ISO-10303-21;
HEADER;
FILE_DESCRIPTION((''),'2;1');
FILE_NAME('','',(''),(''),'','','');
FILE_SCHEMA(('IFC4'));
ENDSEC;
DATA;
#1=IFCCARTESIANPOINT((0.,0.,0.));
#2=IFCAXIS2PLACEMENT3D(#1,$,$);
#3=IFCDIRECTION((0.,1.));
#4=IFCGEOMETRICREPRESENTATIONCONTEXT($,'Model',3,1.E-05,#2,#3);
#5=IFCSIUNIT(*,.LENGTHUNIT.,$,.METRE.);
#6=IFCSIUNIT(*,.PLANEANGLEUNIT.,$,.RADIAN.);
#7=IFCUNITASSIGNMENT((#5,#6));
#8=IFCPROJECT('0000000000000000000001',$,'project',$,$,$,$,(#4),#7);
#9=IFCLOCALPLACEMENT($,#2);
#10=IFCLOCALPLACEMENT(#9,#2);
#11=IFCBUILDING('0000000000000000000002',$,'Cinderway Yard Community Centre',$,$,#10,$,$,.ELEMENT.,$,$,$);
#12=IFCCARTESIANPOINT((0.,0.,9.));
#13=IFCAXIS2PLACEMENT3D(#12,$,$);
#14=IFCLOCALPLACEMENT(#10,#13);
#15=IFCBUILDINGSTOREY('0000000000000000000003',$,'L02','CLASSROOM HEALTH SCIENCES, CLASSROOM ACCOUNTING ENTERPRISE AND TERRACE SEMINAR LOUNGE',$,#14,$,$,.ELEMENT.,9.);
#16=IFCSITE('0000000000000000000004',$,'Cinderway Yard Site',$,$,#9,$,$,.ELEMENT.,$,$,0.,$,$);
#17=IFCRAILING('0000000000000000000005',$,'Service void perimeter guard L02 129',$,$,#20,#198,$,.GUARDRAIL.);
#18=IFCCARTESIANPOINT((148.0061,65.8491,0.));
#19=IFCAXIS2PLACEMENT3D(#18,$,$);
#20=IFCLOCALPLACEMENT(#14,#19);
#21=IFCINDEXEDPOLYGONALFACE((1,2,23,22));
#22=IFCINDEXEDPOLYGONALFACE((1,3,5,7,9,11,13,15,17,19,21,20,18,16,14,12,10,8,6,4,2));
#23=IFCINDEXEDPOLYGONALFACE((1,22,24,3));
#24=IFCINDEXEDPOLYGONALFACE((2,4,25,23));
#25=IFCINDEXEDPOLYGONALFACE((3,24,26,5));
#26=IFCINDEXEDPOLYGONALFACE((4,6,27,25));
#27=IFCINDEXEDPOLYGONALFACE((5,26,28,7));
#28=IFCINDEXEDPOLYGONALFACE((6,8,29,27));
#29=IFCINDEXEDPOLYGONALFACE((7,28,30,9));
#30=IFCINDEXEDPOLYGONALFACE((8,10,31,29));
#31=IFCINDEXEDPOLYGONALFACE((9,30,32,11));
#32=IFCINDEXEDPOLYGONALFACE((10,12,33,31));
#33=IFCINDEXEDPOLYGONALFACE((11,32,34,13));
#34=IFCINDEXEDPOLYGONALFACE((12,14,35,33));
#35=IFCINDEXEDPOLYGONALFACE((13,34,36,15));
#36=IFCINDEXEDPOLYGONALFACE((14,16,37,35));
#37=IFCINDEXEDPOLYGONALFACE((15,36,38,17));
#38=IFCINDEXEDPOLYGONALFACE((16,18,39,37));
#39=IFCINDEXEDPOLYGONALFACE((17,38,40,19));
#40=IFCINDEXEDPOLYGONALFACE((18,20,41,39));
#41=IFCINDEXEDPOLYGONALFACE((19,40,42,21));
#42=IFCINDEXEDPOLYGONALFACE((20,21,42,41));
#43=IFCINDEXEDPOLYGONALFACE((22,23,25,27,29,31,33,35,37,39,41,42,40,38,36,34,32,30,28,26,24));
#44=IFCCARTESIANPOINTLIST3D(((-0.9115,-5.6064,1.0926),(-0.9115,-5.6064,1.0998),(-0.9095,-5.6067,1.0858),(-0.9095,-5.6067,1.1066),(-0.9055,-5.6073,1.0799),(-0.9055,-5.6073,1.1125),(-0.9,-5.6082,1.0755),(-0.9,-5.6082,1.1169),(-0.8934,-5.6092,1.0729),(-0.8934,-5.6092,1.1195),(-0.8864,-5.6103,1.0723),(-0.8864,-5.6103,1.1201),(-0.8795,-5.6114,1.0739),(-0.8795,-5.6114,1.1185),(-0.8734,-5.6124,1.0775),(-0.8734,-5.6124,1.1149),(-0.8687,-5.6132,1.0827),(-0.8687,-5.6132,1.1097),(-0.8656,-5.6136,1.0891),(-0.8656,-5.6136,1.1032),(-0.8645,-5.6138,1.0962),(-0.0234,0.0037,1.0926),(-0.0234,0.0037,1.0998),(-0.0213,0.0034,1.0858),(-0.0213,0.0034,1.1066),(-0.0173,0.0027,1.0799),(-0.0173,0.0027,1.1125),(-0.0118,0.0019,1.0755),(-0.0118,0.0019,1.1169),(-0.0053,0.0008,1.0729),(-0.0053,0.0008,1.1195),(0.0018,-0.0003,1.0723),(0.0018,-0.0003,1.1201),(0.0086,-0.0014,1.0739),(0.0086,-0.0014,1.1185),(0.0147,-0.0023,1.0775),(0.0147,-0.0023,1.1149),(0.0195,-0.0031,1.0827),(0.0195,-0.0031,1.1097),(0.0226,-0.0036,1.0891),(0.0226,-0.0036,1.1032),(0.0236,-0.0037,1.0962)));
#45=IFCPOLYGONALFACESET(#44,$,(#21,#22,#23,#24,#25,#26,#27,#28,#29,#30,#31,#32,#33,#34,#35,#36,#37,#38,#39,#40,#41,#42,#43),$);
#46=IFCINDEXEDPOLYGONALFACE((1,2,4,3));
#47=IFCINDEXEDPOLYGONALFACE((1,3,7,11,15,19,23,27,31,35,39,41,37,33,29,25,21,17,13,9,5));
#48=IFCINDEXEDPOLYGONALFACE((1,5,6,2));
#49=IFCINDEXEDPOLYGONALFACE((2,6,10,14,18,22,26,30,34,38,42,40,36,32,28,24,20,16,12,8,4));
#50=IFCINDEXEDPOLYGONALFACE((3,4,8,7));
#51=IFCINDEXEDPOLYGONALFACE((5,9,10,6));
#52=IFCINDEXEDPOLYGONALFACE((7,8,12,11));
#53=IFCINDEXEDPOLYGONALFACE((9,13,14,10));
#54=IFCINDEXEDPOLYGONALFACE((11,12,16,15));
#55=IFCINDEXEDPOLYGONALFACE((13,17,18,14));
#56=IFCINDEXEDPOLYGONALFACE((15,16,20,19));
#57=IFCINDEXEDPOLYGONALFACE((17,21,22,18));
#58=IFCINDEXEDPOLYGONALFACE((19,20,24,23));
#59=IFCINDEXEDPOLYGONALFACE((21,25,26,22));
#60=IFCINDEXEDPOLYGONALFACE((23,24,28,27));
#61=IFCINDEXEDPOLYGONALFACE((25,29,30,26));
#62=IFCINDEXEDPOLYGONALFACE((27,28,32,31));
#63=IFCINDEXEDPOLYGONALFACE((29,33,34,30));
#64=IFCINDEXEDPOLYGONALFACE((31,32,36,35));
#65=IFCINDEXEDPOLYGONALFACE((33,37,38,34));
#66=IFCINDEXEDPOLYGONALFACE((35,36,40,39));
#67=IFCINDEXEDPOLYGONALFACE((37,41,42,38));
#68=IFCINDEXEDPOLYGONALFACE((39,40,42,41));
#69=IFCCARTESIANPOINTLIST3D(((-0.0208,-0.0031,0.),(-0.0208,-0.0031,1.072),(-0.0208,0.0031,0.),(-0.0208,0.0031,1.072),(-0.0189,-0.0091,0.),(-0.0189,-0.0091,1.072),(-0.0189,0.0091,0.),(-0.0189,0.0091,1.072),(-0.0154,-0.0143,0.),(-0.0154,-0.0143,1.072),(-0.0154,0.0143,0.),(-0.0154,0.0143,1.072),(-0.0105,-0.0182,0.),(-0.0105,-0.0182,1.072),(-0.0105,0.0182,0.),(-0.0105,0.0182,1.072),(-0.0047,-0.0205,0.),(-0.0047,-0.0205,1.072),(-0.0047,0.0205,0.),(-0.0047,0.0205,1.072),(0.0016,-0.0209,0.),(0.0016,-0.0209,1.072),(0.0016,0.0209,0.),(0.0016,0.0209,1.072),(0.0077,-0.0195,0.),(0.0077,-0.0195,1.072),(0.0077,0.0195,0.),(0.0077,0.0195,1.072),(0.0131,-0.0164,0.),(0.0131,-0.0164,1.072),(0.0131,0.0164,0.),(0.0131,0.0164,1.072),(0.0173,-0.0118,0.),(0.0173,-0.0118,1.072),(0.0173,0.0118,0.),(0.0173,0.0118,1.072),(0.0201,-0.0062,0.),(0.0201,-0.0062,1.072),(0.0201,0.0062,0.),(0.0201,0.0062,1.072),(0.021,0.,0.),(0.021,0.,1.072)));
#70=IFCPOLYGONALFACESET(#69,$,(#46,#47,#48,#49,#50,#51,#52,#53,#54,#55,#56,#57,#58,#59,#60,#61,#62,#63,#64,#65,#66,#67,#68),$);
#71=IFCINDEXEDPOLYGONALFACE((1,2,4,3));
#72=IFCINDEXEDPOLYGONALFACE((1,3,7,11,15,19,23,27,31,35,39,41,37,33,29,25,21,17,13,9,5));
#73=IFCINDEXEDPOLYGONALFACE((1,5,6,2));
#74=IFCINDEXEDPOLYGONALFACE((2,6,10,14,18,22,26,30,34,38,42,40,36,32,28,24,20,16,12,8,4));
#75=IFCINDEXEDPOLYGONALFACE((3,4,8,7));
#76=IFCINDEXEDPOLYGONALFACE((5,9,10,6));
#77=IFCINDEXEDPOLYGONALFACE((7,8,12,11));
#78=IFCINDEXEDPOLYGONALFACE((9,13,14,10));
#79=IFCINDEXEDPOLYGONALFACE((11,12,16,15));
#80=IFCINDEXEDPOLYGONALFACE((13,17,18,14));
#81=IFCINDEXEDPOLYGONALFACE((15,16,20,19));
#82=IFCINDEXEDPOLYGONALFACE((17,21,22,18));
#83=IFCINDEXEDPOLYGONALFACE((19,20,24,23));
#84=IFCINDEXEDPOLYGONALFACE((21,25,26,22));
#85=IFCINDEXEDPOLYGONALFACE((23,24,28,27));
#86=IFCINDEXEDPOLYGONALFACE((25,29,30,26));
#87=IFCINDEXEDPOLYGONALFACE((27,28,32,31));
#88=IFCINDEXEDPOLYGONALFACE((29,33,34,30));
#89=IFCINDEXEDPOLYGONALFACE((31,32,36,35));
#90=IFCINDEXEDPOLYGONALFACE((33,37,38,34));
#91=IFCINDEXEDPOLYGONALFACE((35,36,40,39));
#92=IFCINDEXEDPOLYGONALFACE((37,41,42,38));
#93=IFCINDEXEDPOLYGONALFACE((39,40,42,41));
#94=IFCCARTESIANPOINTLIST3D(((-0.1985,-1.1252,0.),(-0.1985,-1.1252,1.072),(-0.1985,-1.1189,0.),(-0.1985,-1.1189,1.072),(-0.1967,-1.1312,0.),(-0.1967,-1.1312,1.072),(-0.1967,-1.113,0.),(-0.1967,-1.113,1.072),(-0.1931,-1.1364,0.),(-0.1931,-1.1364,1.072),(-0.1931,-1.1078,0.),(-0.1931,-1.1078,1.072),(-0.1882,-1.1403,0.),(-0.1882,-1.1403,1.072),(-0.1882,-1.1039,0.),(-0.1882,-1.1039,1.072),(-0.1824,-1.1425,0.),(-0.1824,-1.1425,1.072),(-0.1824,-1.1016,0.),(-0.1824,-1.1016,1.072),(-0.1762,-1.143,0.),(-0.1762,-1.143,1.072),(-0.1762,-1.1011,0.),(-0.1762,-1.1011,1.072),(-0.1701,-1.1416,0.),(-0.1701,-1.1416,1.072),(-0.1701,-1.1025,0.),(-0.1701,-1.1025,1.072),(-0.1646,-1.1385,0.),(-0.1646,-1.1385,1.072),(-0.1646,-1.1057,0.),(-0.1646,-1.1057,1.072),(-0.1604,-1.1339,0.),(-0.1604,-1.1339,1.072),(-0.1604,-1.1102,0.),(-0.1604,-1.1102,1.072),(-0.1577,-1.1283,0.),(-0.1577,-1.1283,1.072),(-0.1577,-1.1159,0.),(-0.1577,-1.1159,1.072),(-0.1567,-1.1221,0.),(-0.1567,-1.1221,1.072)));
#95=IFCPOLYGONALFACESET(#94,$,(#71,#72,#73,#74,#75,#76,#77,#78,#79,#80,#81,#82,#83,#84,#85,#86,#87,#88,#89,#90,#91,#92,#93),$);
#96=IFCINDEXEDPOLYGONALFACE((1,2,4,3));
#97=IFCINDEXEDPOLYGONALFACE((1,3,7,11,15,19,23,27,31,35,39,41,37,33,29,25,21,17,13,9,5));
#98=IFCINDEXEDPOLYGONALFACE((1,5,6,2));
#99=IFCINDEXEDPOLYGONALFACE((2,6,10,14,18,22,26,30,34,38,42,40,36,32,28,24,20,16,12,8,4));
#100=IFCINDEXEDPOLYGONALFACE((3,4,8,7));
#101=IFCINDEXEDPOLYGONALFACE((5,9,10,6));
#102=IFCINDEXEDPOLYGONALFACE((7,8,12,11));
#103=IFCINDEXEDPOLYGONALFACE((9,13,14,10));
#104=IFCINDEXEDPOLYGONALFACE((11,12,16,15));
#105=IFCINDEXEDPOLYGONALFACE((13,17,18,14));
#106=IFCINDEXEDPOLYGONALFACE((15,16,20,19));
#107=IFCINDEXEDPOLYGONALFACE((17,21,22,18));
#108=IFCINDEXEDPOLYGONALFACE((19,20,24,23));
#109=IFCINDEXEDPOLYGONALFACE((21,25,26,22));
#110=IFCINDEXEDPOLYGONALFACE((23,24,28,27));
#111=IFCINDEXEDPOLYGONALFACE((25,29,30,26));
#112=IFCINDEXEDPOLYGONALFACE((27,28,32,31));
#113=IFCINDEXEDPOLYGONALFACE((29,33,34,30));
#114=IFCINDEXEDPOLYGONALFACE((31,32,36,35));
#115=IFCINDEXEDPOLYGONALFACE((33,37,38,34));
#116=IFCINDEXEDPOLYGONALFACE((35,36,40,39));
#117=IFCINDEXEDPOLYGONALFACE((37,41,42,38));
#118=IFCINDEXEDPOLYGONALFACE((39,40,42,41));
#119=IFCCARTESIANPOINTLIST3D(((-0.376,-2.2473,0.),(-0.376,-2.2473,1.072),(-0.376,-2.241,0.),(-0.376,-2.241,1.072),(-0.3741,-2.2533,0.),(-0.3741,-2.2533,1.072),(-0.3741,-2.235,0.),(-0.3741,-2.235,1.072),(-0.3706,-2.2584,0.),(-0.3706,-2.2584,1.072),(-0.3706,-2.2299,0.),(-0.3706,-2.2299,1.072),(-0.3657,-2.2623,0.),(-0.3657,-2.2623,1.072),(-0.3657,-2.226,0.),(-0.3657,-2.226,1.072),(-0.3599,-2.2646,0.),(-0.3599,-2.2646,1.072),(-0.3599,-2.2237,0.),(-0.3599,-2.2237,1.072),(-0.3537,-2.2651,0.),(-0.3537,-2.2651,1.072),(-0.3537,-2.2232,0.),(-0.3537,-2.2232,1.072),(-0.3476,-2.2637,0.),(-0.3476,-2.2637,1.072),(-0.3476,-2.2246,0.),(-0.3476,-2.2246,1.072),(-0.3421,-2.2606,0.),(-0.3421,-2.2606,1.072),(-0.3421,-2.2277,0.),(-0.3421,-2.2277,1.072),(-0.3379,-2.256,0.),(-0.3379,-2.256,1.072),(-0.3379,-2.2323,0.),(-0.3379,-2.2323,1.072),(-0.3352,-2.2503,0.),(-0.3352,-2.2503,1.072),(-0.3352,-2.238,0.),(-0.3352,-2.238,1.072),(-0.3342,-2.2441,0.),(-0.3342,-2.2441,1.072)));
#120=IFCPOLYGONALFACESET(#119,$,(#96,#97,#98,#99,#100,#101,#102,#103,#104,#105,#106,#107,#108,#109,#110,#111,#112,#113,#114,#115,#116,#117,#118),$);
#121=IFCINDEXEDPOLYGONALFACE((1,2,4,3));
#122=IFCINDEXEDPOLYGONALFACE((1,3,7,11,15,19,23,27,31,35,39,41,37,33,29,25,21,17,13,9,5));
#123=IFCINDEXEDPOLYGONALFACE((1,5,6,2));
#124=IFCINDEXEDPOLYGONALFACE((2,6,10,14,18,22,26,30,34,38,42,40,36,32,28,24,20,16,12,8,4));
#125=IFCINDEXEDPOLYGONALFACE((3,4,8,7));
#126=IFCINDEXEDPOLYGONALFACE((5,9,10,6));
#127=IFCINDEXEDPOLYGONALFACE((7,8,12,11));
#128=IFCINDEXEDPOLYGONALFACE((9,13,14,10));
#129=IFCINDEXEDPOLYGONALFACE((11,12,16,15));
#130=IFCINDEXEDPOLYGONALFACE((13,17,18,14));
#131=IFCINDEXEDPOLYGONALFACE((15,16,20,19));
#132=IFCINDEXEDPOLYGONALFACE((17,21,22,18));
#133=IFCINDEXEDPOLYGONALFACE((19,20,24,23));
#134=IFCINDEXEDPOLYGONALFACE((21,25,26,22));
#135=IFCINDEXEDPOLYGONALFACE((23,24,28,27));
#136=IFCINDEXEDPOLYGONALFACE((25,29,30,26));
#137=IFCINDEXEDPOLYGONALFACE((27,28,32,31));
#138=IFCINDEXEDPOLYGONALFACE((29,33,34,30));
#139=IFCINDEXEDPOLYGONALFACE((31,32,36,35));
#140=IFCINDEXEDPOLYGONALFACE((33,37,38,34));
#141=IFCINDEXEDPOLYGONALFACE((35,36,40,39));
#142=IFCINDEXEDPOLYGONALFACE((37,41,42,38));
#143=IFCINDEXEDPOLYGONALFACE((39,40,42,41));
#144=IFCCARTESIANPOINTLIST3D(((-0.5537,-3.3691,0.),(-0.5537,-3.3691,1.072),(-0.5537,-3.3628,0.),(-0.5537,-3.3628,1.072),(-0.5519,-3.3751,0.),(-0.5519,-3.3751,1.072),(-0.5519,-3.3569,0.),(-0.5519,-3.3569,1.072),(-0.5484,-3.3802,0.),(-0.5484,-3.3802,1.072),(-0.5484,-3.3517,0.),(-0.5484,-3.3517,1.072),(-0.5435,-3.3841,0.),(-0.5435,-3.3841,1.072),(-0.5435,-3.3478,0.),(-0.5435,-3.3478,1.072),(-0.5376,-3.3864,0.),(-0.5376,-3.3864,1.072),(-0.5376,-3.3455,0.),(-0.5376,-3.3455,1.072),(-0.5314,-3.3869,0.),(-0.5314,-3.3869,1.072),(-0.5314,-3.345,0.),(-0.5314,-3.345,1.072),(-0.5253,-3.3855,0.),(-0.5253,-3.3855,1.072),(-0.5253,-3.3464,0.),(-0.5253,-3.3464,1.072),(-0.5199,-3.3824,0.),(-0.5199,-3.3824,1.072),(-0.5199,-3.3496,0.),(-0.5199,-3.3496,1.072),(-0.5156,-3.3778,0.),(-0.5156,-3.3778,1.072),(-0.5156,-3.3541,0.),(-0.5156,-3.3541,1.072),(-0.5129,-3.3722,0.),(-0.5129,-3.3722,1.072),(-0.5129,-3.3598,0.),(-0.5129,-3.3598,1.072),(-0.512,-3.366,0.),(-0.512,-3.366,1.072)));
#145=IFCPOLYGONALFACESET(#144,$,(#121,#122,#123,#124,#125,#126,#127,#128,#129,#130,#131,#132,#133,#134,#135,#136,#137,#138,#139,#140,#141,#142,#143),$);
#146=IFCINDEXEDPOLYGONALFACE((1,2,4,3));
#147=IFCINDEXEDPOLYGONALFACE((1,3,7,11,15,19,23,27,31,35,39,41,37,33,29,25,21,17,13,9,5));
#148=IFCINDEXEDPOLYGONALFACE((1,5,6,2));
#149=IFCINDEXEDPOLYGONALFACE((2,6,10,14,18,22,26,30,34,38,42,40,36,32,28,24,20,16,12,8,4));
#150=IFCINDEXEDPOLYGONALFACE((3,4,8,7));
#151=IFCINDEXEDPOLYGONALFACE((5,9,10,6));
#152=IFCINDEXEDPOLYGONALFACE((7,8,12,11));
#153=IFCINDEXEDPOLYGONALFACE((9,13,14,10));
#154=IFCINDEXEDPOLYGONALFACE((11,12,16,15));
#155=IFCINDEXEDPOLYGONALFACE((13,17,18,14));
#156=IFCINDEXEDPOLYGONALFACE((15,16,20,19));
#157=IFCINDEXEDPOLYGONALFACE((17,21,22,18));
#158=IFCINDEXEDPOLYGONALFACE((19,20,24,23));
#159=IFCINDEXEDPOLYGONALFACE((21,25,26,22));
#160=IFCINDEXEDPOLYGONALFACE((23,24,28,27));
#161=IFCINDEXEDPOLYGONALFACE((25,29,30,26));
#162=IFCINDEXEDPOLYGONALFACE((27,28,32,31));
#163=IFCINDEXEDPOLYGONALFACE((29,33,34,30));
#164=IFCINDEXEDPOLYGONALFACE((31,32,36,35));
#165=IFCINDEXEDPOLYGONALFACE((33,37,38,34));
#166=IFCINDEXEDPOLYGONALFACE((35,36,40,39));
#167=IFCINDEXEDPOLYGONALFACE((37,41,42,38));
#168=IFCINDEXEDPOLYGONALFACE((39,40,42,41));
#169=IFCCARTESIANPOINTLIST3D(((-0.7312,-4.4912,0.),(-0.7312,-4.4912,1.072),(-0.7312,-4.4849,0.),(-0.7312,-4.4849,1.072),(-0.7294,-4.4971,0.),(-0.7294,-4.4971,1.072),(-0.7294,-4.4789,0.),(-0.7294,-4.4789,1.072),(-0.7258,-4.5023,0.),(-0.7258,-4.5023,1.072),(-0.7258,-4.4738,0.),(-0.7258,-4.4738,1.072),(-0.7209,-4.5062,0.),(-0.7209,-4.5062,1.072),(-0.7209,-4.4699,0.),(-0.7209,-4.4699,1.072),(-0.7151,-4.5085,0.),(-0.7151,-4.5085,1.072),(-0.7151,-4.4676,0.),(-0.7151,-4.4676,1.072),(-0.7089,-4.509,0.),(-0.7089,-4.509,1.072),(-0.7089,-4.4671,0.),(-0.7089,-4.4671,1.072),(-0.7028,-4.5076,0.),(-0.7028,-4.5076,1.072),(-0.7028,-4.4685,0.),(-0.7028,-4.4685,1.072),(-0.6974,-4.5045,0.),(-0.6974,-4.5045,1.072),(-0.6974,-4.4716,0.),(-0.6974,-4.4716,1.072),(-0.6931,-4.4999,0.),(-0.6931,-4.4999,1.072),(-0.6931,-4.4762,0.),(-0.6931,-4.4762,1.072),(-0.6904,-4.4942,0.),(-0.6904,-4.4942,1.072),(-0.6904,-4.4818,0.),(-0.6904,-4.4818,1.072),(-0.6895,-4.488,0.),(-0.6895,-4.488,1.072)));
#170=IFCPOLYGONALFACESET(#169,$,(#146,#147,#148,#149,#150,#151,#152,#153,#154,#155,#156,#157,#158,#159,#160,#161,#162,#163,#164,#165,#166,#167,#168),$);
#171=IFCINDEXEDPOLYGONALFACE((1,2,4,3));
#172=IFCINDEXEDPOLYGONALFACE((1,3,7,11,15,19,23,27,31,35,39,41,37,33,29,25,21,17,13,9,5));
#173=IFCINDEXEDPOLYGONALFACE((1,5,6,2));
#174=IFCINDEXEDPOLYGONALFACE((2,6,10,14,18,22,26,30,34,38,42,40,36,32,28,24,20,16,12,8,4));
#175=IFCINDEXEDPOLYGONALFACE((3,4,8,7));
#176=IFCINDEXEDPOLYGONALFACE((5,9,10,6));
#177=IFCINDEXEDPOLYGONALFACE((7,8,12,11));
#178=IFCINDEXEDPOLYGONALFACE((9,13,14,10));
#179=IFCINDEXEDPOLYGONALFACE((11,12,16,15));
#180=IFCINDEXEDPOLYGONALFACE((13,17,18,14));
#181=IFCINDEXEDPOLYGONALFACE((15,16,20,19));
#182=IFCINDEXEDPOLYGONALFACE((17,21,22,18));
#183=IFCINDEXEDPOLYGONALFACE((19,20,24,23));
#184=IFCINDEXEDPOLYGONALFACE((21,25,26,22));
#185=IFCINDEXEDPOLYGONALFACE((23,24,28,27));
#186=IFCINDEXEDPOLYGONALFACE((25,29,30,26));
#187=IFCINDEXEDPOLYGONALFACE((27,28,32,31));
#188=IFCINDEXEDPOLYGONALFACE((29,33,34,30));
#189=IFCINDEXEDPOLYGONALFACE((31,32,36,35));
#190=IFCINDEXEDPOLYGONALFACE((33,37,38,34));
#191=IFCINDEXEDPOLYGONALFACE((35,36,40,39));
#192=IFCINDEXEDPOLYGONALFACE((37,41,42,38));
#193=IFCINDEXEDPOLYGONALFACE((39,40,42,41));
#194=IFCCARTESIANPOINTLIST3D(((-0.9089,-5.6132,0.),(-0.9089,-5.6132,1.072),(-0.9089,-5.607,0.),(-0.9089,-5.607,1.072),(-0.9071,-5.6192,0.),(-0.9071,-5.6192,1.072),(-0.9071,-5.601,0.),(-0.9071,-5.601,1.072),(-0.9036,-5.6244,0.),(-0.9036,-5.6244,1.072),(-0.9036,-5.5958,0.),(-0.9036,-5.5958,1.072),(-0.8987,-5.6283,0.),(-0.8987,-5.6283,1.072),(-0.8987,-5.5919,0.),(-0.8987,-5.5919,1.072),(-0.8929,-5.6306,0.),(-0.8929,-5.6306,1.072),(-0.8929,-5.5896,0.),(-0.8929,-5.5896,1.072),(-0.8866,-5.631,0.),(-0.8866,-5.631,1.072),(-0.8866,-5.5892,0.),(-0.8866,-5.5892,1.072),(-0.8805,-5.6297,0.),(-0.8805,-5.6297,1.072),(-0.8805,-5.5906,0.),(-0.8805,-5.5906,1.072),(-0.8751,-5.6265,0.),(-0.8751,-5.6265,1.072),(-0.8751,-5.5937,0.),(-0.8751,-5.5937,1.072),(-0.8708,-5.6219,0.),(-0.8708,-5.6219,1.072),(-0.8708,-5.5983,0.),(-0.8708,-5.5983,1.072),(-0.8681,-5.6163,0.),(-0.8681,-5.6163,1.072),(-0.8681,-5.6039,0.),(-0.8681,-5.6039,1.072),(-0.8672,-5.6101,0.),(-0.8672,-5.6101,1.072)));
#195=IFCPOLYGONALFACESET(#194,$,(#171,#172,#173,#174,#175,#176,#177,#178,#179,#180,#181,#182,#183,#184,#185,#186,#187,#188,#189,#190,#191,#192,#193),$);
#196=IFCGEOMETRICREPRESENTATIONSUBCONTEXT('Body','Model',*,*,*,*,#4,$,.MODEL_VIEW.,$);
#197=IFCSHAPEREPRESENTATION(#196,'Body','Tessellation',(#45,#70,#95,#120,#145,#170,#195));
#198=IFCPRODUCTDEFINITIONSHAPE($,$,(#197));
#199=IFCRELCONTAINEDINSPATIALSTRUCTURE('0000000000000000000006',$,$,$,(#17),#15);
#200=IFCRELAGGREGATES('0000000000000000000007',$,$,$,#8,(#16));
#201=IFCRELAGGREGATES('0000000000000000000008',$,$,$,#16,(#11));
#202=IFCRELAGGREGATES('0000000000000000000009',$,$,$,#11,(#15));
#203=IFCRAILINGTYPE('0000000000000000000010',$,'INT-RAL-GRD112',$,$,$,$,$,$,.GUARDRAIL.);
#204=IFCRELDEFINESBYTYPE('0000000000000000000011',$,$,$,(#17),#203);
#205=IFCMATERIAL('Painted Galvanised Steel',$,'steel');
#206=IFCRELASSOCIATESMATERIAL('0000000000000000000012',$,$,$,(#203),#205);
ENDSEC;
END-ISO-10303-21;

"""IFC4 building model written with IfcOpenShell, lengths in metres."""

from ifc_helpers import new_model, si_unit, direction, frame, origin, origin_2d, place, context, subcontext, project, spatial, circle, extrude, material, type_object, element, save


model = new_model("IFC4")

# Units and contexts
model_context = context("Model", 3, precision=1e-05, world=origin(), true_north=direction((0.0, 1.0)))
body_context = subcontext(model_context, "Body", "Model", "MODEL_VIEW")
ifc_project = project(units=[si_unit("LENGTHUNIT", "METRE"), si_unit("PLANEANGLEUNIT", "RADIAN")], contexts=[model_context])

# Site, building, storey
site_placement = place(None, origin())
site = spatial("IfcSite", under=ifc_project, at=site_placement, Name="Cinderway Yard Site", CompositionType="ELEMENT", RefElevation=0.0)
building_placement = place(site_placement, origin())
building = spatial("IfcBuilding", under=site, at=building_placement, Name="Cinderway Yard Community Centre", CompositionType="ELEMENT")
storey_placement = place(building_placement, frame((0.0, 0.0, 9.0)))
storey = spatial("IfcBuildingStorey", under=building, at=storey_placement, Name="L02", Description="CLASSROOM HEALTH SCIENCES, CLASSROOM ACCOUNTING ENTERPRISE AND TERRACE SEMINAR LOUNGE", CompositionType="ELEMENT", Elevation=9.0)

# Shared definitions
ifc_material_1 = material(Name="Painted Galvanised Steel", Category="steel")

# Railing
railing_type_1 = type_object("IfcRailingType", Name="INT-RAL-GRD112", PredefinedType="GUARDRAIL", material=ifc_material_1)
railing_1_placement = place(storey_placement, frame((148.0061, 65.8491, 0.0)))
element("IfcRailing", 1, at=railing_1_placement, inside=storey, type_object=railing_type_1, Name="Service void perimeter guard L02 129", PredefinedType="GUARDRAIL", context=body_context, shape_type="SweptSolid", body=[
    extrude(circle(Radius=0.0239, at=origin_2d()), frame((0.0, 0.0, 1.0962), z_axis=(-0.156371, -0.987698, 0.0), x_axis=(0.987698, -0.156371, 0.0)), (0.0, 0.0, 1.0), 5.6799),
    extrude(circle(Radius=0.021, at=origin_2d()), origin(), (0.0, 0.0, 1.0), 1.072),
    extrude(circle(Radius=0.021, at=origin_2d()), frame((-0.1777, -1.1221, 0.0)), (0.0, 0.0, 1.0), 1.072),
    extrude(circle(Radius=0.021, at=origin_2d()), frame((-0.3552, -2.2441, 0.0)), (0.0, 0.0, 1.0), 1.072),
    extrude(circle(Radius=0.021, at=origin_2d()), frame((-0.533, -3.366, 0.0)), (0.0, 0.0, 1.0), 1.072),
    extrude(circle(Radius=0.021, at=origin_2d()), frame((-0.7104, -4.488, 0.0)), (0.0, 0.0, 1.0), 1.072),
    extrude(circle(Radius=0.021, at=origin_2d()), frame((-0.8882, -5.6101, 0.0)), (0.0, 0.0, 1.0), 1.072),
])

save(model, "model.ifc")
